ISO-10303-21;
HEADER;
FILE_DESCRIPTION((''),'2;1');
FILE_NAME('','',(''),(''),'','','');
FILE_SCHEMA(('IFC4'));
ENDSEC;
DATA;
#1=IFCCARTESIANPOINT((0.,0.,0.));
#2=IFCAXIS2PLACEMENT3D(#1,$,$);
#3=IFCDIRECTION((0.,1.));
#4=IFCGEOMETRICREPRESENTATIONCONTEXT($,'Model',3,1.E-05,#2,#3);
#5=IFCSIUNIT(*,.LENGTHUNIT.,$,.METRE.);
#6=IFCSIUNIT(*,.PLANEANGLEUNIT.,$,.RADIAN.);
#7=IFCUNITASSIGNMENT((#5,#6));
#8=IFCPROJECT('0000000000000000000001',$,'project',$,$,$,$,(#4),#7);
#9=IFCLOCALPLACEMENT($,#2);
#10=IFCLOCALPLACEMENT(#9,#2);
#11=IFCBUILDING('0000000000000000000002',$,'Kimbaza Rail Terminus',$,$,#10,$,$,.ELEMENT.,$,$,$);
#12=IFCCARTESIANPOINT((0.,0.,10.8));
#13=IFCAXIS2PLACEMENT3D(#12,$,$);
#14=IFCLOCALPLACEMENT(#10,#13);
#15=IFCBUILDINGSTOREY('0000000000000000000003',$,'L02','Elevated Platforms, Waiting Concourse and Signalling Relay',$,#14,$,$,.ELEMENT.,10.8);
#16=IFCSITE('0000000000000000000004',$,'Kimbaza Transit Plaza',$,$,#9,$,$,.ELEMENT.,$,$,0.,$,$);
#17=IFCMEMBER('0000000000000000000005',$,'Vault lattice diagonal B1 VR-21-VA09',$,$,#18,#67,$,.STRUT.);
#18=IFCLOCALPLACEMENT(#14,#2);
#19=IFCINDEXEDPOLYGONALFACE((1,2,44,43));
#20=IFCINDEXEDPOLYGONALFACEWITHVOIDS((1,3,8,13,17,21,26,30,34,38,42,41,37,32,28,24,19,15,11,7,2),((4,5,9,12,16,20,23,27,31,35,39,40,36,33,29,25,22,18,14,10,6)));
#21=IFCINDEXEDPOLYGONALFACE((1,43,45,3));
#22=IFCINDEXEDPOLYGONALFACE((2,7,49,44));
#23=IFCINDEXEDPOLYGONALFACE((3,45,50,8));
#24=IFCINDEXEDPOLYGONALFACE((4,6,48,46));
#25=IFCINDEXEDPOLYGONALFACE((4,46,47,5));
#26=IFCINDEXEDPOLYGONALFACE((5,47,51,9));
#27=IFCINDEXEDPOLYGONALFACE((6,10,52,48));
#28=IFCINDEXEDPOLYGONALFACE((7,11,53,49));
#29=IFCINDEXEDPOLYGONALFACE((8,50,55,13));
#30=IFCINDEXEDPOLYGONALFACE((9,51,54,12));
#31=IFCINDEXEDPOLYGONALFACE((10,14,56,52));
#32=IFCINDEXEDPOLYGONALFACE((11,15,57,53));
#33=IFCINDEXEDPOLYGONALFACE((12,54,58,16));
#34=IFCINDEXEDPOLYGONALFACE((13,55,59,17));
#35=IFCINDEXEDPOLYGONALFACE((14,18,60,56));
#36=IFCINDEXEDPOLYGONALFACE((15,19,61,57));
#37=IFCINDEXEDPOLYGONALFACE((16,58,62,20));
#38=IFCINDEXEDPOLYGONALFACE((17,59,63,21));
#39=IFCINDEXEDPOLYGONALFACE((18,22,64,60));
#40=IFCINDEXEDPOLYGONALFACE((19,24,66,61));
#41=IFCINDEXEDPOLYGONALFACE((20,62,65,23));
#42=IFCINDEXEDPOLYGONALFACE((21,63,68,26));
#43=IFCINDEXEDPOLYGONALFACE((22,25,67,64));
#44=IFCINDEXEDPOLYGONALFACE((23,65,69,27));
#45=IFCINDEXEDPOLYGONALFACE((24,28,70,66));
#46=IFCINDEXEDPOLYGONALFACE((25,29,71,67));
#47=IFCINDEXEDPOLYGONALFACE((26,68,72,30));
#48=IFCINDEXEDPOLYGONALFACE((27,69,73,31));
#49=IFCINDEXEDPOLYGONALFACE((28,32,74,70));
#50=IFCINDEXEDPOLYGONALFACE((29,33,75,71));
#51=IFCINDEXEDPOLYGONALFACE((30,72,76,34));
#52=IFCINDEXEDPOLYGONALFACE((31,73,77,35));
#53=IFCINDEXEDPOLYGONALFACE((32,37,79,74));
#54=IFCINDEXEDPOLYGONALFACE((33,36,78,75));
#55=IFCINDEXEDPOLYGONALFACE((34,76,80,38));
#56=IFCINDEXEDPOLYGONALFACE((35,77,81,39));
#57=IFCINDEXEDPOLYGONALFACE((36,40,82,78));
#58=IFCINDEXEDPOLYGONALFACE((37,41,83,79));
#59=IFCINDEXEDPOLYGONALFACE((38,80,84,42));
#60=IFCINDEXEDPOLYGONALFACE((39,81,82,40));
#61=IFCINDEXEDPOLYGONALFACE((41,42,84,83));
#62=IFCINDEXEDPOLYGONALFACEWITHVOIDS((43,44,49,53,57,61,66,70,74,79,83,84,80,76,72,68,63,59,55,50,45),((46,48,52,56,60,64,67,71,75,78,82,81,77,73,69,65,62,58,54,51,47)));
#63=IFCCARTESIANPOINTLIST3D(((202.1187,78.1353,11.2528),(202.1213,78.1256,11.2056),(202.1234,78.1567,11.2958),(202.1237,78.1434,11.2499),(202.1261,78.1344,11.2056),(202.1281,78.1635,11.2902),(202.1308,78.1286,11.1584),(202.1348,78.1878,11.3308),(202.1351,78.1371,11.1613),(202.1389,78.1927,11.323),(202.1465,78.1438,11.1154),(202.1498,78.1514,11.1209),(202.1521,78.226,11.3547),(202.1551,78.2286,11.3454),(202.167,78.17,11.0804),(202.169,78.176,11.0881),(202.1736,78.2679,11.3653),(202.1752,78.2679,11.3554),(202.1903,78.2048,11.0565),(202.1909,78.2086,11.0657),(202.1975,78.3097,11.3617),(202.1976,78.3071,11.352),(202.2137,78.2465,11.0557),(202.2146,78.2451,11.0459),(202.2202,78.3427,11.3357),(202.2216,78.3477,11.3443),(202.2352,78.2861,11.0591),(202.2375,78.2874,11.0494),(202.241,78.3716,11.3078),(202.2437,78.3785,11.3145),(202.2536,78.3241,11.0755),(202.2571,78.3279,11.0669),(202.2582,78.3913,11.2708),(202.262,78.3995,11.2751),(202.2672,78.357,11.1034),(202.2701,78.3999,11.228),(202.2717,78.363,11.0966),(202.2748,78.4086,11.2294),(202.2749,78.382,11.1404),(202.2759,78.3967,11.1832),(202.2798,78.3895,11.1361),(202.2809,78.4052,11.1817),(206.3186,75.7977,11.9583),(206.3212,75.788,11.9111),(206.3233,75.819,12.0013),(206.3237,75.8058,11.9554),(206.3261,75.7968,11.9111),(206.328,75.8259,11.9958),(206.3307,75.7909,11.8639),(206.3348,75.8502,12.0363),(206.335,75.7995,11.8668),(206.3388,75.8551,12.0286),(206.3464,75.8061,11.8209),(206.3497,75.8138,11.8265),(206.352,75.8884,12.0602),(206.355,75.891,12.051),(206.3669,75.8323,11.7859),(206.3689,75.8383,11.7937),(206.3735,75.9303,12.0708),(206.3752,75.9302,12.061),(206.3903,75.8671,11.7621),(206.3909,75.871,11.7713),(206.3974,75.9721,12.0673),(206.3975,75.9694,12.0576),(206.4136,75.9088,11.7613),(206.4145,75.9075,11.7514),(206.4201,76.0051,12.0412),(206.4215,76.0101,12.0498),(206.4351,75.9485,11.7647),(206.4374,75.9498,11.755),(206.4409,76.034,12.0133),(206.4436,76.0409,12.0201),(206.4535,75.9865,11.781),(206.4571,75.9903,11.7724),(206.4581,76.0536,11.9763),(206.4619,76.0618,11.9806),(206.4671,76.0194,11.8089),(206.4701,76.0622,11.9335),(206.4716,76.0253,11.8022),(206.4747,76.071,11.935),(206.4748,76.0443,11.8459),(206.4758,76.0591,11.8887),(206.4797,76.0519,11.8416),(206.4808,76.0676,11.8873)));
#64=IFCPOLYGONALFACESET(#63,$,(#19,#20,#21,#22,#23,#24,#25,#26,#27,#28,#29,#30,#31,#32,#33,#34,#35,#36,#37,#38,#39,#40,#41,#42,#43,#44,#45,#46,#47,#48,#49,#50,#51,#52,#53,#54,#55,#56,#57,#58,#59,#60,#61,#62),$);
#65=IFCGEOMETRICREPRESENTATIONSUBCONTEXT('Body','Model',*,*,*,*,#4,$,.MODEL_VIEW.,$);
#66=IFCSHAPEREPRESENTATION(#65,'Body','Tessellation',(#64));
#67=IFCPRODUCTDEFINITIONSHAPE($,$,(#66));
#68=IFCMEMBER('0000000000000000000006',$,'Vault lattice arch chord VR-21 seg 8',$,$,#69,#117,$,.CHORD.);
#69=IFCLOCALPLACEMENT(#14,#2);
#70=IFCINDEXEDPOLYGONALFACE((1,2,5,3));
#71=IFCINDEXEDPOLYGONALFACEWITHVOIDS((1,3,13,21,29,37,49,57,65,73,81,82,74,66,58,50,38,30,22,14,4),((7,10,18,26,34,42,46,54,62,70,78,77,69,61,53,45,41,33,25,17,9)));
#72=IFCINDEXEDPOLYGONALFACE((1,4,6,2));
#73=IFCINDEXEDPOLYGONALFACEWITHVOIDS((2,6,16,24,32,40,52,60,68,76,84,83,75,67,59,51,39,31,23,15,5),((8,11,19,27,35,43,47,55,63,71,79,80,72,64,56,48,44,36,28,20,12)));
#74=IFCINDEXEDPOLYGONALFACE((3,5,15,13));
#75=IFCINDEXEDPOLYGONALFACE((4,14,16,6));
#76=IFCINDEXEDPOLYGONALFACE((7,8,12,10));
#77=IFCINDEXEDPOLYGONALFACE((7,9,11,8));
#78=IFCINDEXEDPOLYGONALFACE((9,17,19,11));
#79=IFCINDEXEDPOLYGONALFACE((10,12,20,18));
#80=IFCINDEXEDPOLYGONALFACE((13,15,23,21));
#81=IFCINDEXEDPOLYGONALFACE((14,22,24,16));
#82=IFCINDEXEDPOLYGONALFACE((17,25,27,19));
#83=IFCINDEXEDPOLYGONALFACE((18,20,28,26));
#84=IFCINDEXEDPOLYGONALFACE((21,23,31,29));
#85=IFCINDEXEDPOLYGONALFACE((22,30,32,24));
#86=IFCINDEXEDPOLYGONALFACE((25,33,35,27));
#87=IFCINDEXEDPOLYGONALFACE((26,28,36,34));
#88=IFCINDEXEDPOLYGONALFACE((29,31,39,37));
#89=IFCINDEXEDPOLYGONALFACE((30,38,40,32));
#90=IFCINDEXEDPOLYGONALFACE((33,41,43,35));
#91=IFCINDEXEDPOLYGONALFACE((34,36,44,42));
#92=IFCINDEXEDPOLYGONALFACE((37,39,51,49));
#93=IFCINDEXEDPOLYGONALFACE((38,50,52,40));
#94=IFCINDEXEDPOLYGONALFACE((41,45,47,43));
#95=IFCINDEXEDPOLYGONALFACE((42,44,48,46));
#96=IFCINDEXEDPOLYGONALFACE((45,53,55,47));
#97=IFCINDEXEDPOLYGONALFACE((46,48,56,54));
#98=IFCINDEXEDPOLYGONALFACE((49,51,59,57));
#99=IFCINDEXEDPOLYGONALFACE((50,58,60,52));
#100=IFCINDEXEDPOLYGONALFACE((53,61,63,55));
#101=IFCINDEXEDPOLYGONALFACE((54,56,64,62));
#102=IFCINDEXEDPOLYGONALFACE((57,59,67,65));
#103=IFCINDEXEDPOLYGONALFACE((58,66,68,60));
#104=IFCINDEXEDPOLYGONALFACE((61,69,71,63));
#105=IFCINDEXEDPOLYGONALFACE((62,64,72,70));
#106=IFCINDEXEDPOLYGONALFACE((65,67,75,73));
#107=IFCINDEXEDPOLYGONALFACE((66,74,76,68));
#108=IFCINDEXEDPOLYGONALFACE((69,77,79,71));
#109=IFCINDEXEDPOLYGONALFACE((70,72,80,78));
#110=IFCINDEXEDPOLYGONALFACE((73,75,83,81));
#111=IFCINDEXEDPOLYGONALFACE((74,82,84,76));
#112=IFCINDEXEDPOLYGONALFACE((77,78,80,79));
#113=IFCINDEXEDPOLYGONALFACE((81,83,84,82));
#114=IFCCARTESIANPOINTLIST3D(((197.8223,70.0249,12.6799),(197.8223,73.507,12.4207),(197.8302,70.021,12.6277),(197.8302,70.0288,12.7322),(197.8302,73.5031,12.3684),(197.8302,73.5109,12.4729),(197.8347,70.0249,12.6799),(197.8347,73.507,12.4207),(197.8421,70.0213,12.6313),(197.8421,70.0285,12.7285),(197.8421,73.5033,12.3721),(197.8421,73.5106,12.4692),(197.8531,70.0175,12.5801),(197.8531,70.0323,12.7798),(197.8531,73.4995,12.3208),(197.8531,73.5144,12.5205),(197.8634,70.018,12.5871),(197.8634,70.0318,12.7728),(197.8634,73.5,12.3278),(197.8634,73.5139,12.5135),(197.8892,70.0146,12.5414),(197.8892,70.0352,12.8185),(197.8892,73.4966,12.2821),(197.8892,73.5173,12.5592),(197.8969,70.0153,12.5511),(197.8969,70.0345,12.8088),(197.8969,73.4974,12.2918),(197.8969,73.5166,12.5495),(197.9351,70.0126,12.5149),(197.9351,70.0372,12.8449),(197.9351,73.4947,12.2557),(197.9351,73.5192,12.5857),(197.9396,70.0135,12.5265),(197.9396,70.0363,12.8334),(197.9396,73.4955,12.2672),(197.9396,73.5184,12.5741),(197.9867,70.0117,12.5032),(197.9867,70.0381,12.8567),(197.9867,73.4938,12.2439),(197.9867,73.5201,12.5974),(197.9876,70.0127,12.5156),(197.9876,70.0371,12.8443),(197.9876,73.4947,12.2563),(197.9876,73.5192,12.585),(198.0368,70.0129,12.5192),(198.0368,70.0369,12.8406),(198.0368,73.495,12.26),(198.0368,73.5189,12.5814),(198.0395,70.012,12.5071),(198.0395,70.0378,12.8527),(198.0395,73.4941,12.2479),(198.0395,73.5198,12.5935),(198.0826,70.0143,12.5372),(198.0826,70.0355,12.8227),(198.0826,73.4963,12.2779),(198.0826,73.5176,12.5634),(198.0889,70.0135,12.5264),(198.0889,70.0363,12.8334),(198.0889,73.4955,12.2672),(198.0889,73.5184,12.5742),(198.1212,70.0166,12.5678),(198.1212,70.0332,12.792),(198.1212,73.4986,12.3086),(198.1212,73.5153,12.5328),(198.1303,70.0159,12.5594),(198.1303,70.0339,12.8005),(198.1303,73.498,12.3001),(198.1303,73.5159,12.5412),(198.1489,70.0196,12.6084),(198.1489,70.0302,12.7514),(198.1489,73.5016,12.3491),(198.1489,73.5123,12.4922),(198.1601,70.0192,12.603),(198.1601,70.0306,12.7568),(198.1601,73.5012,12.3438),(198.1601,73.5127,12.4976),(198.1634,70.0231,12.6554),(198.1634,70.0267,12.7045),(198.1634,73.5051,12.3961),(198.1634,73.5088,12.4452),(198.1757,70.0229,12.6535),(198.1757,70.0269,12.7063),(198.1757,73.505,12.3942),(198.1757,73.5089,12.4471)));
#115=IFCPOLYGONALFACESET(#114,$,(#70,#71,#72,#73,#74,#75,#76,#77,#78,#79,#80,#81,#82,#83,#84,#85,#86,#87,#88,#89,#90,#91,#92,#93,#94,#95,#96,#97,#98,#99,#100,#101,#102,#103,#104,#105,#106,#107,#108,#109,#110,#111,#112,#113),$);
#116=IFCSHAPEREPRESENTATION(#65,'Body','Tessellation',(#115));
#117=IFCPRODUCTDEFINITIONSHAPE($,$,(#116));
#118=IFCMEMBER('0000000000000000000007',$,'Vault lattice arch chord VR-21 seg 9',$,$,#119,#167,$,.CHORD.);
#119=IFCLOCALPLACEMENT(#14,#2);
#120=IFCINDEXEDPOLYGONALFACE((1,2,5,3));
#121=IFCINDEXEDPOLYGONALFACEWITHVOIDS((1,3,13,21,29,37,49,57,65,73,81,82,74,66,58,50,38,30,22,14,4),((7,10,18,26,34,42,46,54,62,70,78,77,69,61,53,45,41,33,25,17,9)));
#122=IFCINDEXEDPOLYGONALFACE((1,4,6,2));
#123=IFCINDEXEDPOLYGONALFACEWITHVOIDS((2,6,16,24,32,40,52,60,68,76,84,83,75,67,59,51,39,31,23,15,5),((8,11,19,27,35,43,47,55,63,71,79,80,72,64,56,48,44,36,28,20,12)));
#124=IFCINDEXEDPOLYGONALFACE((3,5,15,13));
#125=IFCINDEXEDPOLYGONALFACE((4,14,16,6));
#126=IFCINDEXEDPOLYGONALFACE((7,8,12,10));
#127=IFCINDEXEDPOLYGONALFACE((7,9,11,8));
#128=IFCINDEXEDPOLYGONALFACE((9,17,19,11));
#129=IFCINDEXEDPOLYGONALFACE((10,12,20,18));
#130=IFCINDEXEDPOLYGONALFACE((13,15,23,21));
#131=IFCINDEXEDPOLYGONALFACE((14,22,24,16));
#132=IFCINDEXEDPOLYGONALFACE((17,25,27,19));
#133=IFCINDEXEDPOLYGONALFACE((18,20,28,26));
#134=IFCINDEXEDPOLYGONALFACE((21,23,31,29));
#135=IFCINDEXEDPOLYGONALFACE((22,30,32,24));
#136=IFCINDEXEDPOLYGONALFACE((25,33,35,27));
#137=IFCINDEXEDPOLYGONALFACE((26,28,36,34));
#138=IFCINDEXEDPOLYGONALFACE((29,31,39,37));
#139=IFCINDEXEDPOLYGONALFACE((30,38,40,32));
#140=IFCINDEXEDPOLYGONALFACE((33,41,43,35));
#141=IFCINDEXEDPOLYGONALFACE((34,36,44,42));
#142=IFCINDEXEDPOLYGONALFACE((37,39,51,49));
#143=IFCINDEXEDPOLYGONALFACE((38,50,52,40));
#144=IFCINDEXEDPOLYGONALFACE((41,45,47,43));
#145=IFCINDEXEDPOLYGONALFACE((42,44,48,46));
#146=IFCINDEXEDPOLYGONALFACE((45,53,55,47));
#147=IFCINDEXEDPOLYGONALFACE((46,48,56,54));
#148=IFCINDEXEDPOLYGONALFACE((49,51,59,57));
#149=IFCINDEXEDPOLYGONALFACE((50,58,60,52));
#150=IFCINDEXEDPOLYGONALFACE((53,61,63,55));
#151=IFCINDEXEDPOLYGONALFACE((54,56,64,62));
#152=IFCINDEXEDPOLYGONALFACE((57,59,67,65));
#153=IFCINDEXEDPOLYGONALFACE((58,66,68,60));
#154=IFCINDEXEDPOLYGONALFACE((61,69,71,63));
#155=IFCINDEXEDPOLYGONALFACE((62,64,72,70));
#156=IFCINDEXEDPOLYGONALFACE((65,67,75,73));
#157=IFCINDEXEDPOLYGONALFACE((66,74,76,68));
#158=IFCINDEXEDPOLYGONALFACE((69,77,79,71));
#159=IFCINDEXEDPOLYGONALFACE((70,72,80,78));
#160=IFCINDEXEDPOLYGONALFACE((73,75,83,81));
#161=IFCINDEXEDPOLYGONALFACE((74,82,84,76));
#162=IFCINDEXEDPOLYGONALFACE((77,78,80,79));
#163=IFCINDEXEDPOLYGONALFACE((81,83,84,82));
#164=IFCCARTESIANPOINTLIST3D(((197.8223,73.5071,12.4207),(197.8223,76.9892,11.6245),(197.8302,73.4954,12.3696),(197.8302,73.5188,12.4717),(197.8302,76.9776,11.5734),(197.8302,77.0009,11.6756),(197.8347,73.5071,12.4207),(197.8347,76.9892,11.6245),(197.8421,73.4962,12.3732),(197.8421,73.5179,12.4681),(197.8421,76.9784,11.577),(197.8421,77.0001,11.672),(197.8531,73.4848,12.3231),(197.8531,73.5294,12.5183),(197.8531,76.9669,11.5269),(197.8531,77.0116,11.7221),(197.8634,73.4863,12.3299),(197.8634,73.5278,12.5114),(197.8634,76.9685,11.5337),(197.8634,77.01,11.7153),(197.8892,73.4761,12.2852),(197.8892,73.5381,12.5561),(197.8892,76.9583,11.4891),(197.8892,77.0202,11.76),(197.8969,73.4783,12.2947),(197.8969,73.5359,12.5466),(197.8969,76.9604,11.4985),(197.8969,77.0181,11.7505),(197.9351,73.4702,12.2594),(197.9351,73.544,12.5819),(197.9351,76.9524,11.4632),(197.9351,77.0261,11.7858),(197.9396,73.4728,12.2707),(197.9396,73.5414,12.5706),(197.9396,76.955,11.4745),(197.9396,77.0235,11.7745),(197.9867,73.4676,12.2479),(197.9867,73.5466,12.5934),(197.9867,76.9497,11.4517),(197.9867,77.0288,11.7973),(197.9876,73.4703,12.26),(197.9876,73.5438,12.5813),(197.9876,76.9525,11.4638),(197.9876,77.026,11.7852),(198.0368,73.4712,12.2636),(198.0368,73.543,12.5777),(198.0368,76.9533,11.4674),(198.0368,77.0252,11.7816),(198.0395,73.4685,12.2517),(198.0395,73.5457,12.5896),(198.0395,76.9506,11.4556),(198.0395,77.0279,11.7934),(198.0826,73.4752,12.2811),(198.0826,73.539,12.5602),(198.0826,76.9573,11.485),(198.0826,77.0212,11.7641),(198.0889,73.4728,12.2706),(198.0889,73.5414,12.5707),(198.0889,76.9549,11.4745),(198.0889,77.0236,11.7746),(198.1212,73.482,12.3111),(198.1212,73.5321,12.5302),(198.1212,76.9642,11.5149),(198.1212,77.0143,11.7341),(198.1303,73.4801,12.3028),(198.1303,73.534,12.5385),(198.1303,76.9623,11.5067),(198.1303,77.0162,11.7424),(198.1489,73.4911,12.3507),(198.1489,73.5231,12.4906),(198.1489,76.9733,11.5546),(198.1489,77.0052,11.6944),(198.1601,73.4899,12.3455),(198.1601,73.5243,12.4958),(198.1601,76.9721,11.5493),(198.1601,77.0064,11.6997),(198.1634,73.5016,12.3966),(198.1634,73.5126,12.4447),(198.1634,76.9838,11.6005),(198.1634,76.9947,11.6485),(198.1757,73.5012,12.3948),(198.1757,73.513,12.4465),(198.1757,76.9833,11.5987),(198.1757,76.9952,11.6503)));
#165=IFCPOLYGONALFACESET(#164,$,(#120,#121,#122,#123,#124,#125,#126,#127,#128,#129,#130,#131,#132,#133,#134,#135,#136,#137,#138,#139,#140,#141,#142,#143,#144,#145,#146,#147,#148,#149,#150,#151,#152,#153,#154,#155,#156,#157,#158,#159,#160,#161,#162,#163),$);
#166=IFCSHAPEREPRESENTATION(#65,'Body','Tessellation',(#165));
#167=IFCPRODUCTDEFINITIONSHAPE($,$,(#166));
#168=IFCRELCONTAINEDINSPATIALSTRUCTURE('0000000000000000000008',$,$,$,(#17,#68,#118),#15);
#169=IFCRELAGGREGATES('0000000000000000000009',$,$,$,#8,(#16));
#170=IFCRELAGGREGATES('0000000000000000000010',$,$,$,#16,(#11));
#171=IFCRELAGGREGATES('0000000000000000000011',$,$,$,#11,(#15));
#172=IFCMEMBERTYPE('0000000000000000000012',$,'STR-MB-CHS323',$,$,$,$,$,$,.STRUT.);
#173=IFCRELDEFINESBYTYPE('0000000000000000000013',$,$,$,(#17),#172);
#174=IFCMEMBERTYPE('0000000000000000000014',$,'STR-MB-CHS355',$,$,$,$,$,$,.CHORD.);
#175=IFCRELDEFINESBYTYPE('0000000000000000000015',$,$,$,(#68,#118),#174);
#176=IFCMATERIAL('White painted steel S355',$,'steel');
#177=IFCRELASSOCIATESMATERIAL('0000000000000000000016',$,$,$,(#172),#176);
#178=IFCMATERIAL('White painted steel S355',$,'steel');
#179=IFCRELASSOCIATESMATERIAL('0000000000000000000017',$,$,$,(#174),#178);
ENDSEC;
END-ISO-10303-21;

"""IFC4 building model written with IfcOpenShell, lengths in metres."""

from ifc_helpers import new_model, si_unit, direction, frame, origin, origin_2d, place, context, subcontext, project, spatial, hollow_circle, extrude, material, material_profile, profile_set, type_object, element, save


model = new_model("IFC4")

# Units and contexts
model_context = context("Model", 3, precision=1e-05, world=origin(), true_north=direction((0.0, 1.0)))
body_context = subcontext(model_context, "Body", "Model", "MODEL_VIEW")
ifc_project = project(units=[si_unit("LENGTHUNIT", "METRE"), si_unit("PLANEANGLEUNIT", "RADIAN")], contexts=[model_context])

# Site, building, storey
site_placement = place(None, origin())
site = spatial("IfcSite", under=ifc_project, at=site_placement, Name="Kimbaza Transit Plaza", CompositionType="ELEMENT", RefElevation=0.0)
building_placement = place(site_placement, origin())
building = spatial("IfcBuilding", under=site, at=building_placement, Name="Kimbaza Rail Terminus", CompositionType="ELEMENT")
storey_placement = place(building_placement, frame((0.0, 0.0, 10.8)))
storey = spatial("IfcBuildingStorey", under=building, at=storey_placement, Name="L02", Description="Elevated Platforms, Waiting Concourse and Signalling Relay", CompositionType="ELEMENT", Elevation=10.8)

# Members
ifc_material_1 = material(Name="White painted steel S355", Category="steel")
ifc_material_profile_1 = material_profile(ifc_material_1, hollow_circle(Radius=0.1619, WallThickness=0.01, at=origin_2d()), Name="CHS 323.9x10")
ifc_profile_set_1 = profile_set([ifc_material_profile_1], Name="White painted steel S355")
member_type_1 = type_object("IfcMemberType", Name="STR-MB-CHS323", PredefinedType="STRUT", material=ifc_profile_set_1)
member_1_placement = place(storey_placement, frame((206.3999, 75.9294, 11.9111), z_axis=(-0.86451, 0.481176, -0.145232), x_axis=(-0.486333, -0.873774, 0.0)))
element("IfcMember", 1, at=member_1_placement, inside=storey, type_object=member_type_1, Name="Vault lattice diagonal B1 VR-21-VA09", PredefinedType="STRUT", context=body_context, shape_type="SweptSolid", body=[
    extrude(hollow_circle(Radius=0.1619, WallThickness=0.01, at=origin_2d()), origin(), (0.0, 0.0, 1.0), 4.8582),
])
ifc_material_2 = material(Name="White painted steel S355", Category="steel")
ifc_material_profile_2 = material_profile(ifc_material_2, hollow_circle(Radius=0.1777, WallThickness=0.0125, at=origin_2d()), Name="CHS 355.6x12.5")
ifc_profile_set_2 = profile_set([ifc_material_profile_2], Name="White painted steel S355")
member_type_2 = type_object("IfcMemberType", Name="STR-MB-CHS355", PredefinedType="CHORD", material=ifc_profile_set_2)
member_2_placement = place(storey_placement, frame((198.0, 70.0249, 12.6799), z_axis=(0.0, 0.997239, -0.074253), x_axis=(-1.0, 0.0, 0.0)))
element("IfcMember", 2, at=member_2_placement, inside=storey, type_object=member_type_2, Name="Vault lattice arch chord VR-21 seg 8", PredefinedType="CHORD", context=body_context, shape_type="SweptSolid", body=[
    extrude(hollow_circle(Radius=0.1777, WallThickness=0.0125, at=origin_2d()), origin(), (0.0, 0.0, 1.0), 3.4917),
])
member_3_placement = place(storey_placement, frame((198.0, 73.5071, 12.4207), z_axis=(0.0, 0.974845, -0.222882), x_axis=(-1.0, 0.0, 0.0)))
element("IfcMember", 3, at=member_3_placement, inside=storey, type_object=member_type_2, Name="Vault lattice arch chord VR-21 seg 9", PredefinedType="CHORD", context=body_context, shape_type="SweptSolid", body=[
    extrude(hollow_circle(Radius=0.1777, WallThickness=0.0125, at=origin_2d()), origin(), (0.0, 0.0, 1.0), 3.572),
])

save(model, "model.ifc")
